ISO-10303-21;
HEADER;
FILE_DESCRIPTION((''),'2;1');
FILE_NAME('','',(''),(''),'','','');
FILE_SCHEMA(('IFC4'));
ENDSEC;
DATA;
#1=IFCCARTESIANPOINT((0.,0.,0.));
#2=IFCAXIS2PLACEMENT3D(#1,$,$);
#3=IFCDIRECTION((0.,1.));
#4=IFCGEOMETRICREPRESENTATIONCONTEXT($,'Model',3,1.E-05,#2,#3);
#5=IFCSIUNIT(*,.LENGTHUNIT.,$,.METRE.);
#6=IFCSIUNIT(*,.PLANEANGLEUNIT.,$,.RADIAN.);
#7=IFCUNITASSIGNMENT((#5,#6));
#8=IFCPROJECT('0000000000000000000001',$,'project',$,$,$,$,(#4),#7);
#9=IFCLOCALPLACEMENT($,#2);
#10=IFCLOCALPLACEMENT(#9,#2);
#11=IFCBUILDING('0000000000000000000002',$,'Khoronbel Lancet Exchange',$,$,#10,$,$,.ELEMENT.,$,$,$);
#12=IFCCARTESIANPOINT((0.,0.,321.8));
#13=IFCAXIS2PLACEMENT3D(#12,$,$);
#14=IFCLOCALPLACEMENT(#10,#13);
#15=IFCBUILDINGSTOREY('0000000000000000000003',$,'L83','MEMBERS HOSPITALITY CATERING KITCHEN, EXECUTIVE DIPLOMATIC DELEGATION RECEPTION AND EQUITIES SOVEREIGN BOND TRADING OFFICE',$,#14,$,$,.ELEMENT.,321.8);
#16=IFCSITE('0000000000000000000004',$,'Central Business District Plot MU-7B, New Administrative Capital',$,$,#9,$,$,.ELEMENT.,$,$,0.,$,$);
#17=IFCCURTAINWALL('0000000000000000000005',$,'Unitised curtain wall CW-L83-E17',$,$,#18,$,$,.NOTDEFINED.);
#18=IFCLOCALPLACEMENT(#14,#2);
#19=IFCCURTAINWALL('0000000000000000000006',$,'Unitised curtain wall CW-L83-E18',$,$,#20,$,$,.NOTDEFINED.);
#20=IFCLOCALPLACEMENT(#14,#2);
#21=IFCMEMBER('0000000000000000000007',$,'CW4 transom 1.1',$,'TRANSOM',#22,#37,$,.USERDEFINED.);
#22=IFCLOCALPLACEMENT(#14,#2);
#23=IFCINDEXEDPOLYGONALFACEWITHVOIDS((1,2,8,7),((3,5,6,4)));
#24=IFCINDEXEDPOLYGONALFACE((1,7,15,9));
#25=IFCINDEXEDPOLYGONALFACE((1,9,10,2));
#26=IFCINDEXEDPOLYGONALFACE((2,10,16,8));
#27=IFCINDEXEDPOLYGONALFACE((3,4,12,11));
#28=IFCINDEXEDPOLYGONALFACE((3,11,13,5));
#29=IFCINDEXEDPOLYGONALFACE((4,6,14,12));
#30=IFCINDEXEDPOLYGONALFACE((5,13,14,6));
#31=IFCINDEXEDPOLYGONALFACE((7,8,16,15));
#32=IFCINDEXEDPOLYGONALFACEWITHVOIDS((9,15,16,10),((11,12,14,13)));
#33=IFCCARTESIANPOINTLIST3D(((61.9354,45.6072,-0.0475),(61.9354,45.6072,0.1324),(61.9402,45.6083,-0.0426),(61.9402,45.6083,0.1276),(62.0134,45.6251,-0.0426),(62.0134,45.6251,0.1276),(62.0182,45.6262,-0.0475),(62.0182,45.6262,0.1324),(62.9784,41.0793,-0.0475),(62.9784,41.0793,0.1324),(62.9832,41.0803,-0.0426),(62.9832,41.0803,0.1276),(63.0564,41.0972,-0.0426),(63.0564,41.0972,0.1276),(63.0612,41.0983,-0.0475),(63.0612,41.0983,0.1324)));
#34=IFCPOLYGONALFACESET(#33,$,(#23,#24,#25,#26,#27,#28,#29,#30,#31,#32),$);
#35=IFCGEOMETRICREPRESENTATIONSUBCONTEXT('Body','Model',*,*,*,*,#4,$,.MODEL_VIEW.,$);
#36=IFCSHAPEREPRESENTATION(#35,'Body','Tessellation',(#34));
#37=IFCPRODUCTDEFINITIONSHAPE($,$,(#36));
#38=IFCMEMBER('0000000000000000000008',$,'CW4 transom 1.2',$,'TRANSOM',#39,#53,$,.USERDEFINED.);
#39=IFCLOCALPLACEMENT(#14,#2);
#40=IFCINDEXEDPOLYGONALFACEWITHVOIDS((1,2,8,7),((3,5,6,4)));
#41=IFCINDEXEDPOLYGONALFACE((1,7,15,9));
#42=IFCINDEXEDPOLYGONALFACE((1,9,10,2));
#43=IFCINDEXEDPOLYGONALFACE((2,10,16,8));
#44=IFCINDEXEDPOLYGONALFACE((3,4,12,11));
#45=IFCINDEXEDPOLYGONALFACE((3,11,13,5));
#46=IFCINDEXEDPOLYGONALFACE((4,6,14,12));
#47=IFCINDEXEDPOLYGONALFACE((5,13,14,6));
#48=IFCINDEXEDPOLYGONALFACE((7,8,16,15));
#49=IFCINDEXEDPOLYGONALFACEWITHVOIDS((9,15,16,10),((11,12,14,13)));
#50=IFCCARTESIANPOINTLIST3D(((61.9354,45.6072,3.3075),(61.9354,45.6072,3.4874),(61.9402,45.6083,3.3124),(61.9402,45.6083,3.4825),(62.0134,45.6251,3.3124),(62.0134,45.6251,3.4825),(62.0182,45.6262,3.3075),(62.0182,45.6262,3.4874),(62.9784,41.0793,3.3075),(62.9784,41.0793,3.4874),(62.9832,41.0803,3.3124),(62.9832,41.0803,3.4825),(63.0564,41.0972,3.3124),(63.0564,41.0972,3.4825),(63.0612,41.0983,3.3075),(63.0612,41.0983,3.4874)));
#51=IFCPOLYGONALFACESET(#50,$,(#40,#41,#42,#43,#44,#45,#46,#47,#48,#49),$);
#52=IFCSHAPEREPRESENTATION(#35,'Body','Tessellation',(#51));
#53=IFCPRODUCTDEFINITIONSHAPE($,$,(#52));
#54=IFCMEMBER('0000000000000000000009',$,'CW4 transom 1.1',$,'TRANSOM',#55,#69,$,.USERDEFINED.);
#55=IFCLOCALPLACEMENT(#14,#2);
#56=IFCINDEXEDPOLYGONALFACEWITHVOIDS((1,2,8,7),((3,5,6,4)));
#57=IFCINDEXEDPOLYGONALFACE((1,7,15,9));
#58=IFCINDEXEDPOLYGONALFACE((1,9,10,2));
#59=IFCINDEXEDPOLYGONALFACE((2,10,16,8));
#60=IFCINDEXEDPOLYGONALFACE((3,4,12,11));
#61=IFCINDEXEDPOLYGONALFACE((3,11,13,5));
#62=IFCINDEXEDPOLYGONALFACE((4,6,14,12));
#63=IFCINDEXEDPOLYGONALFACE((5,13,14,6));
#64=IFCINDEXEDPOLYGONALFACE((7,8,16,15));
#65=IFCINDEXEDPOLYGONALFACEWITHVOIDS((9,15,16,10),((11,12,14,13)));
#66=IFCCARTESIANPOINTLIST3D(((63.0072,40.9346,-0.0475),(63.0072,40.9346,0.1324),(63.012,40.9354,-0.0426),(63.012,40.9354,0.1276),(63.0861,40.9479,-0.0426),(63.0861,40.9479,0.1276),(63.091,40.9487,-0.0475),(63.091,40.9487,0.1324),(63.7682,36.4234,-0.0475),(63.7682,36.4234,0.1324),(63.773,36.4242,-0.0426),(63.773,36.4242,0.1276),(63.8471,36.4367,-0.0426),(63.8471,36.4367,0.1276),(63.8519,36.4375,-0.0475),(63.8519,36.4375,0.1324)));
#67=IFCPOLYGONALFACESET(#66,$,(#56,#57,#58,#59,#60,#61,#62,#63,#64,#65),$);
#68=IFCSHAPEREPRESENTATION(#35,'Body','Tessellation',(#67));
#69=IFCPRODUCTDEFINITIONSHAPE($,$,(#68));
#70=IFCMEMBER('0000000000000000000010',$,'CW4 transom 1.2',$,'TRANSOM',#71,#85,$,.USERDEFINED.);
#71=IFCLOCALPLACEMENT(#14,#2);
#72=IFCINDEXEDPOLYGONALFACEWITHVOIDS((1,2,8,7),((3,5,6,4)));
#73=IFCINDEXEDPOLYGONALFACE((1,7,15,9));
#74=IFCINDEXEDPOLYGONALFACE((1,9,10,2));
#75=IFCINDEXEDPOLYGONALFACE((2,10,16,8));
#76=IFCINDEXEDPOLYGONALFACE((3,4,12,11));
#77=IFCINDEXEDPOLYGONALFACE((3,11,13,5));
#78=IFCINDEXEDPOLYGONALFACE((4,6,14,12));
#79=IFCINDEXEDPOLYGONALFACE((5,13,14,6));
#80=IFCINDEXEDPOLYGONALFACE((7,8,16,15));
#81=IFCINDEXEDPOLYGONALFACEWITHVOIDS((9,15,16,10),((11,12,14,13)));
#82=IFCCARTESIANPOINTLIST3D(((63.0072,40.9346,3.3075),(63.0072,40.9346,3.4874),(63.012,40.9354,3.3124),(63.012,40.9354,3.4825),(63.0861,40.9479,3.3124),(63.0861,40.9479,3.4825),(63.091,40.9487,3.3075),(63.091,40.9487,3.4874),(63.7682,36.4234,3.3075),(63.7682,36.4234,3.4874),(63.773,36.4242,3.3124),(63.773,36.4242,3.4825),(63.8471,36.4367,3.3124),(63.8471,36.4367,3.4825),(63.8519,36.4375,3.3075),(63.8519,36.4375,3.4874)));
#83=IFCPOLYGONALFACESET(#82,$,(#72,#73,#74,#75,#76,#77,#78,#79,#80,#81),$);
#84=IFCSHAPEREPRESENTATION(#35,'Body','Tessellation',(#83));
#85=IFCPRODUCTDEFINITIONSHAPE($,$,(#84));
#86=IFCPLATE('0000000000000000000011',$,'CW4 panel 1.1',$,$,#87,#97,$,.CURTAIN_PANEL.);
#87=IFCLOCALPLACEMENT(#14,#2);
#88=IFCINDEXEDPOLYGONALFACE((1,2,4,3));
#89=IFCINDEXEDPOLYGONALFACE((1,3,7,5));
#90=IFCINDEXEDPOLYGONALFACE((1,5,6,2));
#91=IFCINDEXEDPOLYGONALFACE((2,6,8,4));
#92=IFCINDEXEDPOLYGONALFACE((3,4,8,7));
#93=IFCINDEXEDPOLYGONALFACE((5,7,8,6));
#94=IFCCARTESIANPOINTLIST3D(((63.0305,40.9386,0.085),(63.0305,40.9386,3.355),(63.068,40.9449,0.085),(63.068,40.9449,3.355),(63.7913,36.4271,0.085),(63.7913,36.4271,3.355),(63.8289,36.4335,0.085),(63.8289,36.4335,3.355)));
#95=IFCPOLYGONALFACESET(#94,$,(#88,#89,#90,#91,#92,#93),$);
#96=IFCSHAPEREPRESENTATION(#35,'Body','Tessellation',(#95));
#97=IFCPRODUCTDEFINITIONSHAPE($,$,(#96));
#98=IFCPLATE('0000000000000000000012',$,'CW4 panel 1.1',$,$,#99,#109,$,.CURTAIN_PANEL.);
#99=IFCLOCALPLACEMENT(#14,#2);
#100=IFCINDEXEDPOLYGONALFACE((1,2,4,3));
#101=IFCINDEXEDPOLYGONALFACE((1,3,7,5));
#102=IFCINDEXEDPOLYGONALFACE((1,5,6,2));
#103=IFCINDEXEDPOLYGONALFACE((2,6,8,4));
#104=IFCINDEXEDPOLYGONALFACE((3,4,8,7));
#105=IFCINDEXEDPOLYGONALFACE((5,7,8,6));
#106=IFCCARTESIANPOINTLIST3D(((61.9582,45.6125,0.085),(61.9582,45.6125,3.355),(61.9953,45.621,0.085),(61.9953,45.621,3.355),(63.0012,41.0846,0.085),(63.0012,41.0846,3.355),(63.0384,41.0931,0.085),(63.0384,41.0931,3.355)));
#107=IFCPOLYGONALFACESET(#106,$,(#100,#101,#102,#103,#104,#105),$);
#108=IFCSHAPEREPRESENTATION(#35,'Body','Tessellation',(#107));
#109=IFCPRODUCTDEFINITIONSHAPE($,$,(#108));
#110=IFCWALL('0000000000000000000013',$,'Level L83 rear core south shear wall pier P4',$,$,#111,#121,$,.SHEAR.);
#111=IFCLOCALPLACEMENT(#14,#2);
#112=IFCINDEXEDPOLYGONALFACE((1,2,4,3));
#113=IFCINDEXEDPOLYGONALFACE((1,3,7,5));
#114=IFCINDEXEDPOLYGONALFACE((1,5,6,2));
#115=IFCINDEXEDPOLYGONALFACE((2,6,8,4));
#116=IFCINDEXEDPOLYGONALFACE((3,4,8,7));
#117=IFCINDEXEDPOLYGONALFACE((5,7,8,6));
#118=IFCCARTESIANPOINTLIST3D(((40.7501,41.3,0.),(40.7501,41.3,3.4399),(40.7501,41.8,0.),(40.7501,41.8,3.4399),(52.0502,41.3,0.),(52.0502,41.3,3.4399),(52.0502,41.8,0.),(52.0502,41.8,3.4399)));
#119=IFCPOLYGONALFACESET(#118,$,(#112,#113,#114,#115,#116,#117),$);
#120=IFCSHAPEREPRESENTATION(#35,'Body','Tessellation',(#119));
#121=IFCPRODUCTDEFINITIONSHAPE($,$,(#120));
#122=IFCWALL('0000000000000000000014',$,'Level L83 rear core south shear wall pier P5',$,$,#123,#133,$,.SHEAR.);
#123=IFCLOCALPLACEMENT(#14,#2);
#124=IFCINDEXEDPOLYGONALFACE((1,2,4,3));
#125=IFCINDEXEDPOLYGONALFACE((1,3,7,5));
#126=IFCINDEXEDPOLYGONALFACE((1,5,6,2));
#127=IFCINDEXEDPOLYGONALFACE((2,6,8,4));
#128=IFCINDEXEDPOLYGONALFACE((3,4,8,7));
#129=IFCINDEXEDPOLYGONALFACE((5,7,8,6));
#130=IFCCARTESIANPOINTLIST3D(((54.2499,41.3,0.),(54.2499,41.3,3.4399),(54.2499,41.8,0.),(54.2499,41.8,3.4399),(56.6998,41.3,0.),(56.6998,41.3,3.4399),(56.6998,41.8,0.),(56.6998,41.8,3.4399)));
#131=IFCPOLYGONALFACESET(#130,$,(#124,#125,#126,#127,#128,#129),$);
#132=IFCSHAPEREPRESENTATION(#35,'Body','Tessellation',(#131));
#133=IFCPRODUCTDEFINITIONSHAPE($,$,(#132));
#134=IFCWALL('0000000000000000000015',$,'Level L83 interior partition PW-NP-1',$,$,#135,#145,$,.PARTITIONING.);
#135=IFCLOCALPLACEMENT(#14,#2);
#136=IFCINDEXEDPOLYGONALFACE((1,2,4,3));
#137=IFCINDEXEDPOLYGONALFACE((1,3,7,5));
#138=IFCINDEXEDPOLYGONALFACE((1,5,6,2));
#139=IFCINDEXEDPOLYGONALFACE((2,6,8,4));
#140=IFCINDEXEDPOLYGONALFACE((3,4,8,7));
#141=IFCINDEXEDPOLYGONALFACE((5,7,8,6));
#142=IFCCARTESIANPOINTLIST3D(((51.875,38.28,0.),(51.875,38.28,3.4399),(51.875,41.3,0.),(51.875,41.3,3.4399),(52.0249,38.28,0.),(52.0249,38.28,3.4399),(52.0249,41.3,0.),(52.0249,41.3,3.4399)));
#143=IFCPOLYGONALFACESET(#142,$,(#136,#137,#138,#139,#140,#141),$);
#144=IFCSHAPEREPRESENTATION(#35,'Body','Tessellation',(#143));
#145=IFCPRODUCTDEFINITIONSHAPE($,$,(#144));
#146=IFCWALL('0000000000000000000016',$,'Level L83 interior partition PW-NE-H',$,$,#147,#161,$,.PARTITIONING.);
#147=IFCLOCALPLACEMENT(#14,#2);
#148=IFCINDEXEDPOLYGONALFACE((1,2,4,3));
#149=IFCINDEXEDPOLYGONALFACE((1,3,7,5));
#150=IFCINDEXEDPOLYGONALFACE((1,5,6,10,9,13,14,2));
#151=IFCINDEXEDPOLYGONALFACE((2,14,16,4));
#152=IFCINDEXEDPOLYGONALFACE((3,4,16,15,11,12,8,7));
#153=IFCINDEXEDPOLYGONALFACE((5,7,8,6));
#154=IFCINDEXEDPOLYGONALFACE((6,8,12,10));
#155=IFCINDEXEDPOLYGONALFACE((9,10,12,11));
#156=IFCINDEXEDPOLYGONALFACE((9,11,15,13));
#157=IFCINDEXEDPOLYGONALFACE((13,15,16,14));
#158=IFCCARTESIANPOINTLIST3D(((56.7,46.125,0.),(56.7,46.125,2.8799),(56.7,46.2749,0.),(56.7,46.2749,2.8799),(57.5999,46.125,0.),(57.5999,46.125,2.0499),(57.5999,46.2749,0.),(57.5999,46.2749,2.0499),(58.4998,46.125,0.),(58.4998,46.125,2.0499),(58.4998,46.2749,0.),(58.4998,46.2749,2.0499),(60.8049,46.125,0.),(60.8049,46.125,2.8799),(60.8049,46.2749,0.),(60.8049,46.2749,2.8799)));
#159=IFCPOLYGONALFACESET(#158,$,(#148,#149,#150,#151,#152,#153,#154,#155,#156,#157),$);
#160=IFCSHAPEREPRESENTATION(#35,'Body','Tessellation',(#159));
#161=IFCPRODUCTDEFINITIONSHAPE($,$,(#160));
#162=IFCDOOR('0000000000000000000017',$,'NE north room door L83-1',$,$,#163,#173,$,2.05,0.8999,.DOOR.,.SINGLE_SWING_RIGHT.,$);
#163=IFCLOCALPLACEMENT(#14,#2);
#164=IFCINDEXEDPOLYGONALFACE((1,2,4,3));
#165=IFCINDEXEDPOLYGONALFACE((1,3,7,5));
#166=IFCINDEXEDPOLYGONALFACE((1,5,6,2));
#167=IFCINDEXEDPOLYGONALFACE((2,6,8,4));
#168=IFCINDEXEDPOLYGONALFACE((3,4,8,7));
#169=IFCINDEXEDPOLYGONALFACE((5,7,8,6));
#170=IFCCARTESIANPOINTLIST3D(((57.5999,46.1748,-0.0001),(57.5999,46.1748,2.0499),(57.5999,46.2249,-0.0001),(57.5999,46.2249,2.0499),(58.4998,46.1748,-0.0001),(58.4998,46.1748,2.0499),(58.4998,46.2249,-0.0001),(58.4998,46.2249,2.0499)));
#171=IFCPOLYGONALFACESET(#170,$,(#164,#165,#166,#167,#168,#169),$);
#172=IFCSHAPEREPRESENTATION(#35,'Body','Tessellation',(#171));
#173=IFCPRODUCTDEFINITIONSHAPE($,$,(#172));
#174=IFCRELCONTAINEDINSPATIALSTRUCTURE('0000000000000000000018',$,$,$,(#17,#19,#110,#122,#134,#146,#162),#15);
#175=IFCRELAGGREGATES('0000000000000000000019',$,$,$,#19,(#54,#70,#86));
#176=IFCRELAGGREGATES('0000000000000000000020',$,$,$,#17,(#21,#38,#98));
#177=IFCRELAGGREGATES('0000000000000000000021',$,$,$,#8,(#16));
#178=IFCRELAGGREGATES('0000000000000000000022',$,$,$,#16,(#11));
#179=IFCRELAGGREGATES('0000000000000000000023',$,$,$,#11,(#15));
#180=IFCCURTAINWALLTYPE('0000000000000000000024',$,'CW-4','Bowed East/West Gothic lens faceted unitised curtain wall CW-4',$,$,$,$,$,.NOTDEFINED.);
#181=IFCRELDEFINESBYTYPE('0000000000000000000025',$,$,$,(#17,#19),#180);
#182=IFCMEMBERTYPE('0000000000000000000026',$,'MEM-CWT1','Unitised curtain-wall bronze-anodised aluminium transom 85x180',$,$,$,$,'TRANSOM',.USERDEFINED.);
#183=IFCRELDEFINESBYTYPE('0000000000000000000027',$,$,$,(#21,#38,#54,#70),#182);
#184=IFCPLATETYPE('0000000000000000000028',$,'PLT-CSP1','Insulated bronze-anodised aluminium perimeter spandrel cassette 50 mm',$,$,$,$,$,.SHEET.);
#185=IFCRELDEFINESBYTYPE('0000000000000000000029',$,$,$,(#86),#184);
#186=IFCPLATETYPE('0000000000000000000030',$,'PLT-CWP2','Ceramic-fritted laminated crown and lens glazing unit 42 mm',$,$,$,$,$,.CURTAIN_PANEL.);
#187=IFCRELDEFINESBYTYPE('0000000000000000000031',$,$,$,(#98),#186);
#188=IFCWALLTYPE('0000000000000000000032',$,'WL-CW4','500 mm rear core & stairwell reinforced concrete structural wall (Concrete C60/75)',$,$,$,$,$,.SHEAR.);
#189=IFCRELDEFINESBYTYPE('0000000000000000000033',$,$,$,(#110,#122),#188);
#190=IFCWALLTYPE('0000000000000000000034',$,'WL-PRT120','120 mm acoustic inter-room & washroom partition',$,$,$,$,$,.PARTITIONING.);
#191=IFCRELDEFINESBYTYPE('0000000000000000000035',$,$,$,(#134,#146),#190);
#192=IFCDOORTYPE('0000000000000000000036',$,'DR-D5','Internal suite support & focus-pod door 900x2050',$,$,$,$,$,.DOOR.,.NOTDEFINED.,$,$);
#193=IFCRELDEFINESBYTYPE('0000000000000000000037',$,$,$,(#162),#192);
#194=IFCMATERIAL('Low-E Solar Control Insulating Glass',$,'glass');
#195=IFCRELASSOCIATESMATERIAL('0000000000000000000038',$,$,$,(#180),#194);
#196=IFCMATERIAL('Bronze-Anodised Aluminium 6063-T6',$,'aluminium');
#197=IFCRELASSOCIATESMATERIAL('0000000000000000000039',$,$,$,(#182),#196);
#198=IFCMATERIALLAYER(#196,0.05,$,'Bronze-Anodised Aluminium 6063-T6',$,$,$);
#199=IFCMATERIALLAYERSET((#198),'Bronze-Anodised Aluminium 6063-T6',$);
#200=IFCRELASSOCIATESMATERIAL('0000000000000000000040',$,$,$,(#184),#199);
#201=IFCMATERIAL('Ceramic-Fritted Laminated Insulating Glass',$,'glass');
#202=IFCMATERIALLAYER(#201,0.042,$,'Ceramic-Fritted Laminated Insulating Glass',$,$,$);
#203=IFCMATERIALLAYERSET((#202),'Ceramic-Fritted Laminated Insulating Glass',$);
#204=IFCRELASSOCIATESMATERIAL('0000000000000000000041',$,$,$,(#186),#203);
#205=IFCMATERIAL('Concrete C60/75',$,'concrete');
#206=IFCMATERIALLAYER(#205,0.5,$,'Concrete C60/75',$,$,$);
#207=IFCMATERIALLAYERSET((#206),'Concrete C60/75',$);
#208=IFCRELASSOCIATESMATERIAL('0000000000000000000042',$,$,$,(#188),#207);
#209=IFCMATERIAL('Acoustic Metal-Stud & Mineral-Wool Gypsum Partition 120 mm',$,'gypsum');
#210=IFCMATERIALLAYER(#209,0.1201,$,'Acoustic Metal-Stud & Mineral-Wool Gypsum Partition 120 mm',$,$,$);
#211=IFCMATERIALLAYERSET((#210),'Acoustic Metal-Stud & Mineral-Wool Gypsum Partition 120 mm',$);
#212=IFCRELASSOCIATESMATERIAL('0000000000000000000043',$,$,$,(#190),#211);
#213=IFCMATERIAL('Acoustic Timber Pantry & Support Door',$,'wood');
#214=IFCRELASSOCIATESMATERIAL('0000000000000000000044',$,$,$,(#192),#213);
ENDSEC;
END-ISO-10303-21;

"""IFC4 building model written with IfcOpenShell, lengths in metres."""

from ifc_helpers import new_model, si_unit, direction, frame, frame_2d, origin, origin_2d, place, context, subcontext, project, spatial, rectangle, hollow_rectangle, extrude, material, layer, layer_set, material_profile, profile_set, type_object, element, fill, aggregate, save


model = new_model("IFC4")

# Units and contexts
model_context = context("Model", 3, precision=1e-05, world=origin(), true_north=direction((0.0, 1.0)))
body_context = subcontext(model_context, "Body", "Model", "MODEL_VIEW")
ifc_project = project(units=[si_unit("LENGTHUNIT", "METRE"), si_unit("PLANEANGLEUNIT", "RADIAN")], contexts=[model_context])

# Site, building, storey
site_placement = place(None, origin())
site = spatial("IfcSite", under=ifc_project, at=site_placement, Name="Central Business District Plot MU-7B, New Administrative Capital", CompositionType="ELEMENT", RefElevation=0.0)
building_placement = place(site_placement, origin())
building = spatial("IfcBuilding", under=site, at=building_placement, Name="Khoronbel Lancet Exchange", CompositionType="ELEMENT")
storey_placement = place(building_placement, frame((0.0, 0.0, 321.8)))
storey = spatial("IfcBuildingStorey", under=building, at=storey_placement, Name="L83", Description="MEMBERS HOSPITALITY CATERING KITCHEN, EXECUTIVE DIPLOMATIC DELEGATION RECEPTION AND EQUITIES SOVEREIGN BOND TRADING OFFICE", CompositionType="ELEMENT", Elevation=321.8)

# Shared definitions
ifc_material_1 = material(Name="Concrete C60/75", Category="concrete")

# Curtain wall
ifc_material_2 = material(Name="Low-E Solar Control Insulating Glass", Category="glass")
curtain_wall_type = type_object("IfcCurtainWallType", Name="CW-4", Description="Bowed East/West Gothic lens faceted unitised curtain wall CW-4", PredefinedType="NOTDEFINED", material=ifc_material_2)
curtain_wall_1_placement = place(storey_placement, origin())
curtain_wall_1 = element("IfcCurtainWall", 1, at=curtain_wall_1_placement, inside=storey, type_object=curtain_wall_type, Name="Unitised curtain wall CW-L83-E17", PredefinedType="NOTDEFINED")
ifc_material_3 = material(Name="Bronze-Anodised Aluminium 6063-T6", Category="aluminium")

# Curtain wall
curtain_wall_2_placement = place(storey_placement, origin())
curtain_wall_2 = element("IfcCurtainWall", 2, at=curtain_wall_2_placement, inside=storey, type_object=curtain_wall_type, Name="Unitised curtain wall CW-L83-E18", PredefinedType="NOTDEFINED")

# Members
ifc_material_profile_1 = material_profile(ifc_material_3, hollow_rectangle(XDim=0.085, YDim=0.1799, WallThickness=0.0049, at=origin_2d()), Name="ALU TRANSOM 85x180")
ifc_profile_set_1 = profile_set([ifc_material_profile_1], Name="Bronze-Anodised Aluminium 6063-T6")
member_type_1 = type_object("IfcMemberType", Name="MEM-CWT1", Description="Unitised curtain-wall bronze-anodised aluminium transom 85x180", ElementType="TRANSOM", PredefinedType="USERDEFINED", material=ifc_profile_set_1)
member_1_placement = place(storey_placement, frame((61.9768, 45.6167, 0.0425), z_axis=(0.224468, -0.974481, 0.0), x_axis=(0.974481, 0.224468, 0.0)))
member_1 = element("IfcMember", 3, at=member_1_placement, type_object=member_type_1, Name="CW4 transom 1.1", ObjectType="TRANSOM", PredefinedType="USERDEFINED", context=body_context, shape_type="SweptSolid", body=[
    extrude(hollow_rectangle(XDim=0.085, YDim=0.1799, WallThickness=0.0049, at=origin_2d()), origin(), (0.0, 0.0, 1.0), 4.6465),
])
member_2_placement = place(storey_placement, frame((61.9768, 45.6167, 3.3975), z_axis=(0.224468, -0.974481, 0.0), x_axis=(0.974481, 0.224468, 0.0)))
member_2 = element("IfcMember", 4, at=member_2_placement, type_object=member_type_1, Name="CW4 transom 1.2", ObjectType="TRANSOM", PredefinedType="USERDEFINED", context=body_context, shape_type="SweptSolid", body=[
    extrude(hollow_rectangle(XDim=0.085, YDim=0.1799, WallThickness=0.0049, at=origin_2d()), origin(), (0.0, 0.0, 1.0), 4.6465),
])
member_3_placement = place(storey_placement, frame((63.0491, 40.9417, 0.0425), z_axis=(0.166337, -0.986069, 0.0), x_axis=(0.986069, 0.166337, 0.0)))
member_3 = element("IfcMember", 5, at=member_3_placement, type_object=member_type_1, Name="CW4 transom 1.1", ObjectType="TRANSOM", PredefinedType="USERDEFINED", context=body_context, shape_type="SweptSolid", body=[
    extrude(hollow_rectangle(XDim=0.085, YDim=0.1799, WallThickness=0.0049, at=origin_2d()), origin(), (0.0, 0.0, 1.0), 4.575),
])
member_4_placement = place(storey_placement, frame((63.0491, 40.9417, 3.3975), z_axis=(0.166337, -0.986069, 0.0), x_axis=(0.986069, 0.166337, 0.0)))
member_4 = element("IfcMember", 6, at=member_4_placement, type_object=member_type_1, Name="CW4 transom 1.2", ObjectType="TRANSOM", PredefinedType="USERDEFINED", context=body_context, shape_type="SweptSolid", body=[
    extrude(hollow_rectangle(XDim=0.085, YDim=0.1799, WallThickness=0.0049, at=origin_2d()), origin(), (0.0, 0.0, 1.0), 4.575),
])

# Plates
ifc_layer_1 = layer(ifc_material_3, 0.05, Name="Bronze-Anodised Aluminium 6063-T6")
ifc_layer_set_1 = layer_set([ifc_layer_1], Name="Bronze-Anodised Aluminium 6063-T6")
plate_type_1 = type_object("IfcPlateType", Name="PLT-CSP1", Description="Insulated bronze-anodised aluminium perimeter spandrel cassette 50 mm", PredefinedType="SHEET", material=ifc_layer_set_1)
plate_1_placement = place(storey_placement, frame((63.4297, 38.686, 0.085), z_axis=(0.0, 0.0, 1.0), x_axis=(0.166303, -0.986075, 0.0)))
plate_1 = element("IfcPlate", 7, at=plate_1_placement, type_object=plate_type_1, Name="CW4 panel 1.1", PredefinedType="CURTAIN_PANEL", context=body_context, shape_type="SweptSolid", body=[
    extrude(rectangle(XDim=4.5752, YDim=0.0381, at=origin_2d()), origin(), (0.0, 0.0, 1.0), 3.27),
])
aggregate(curtain_wall_2, [member_3, member_4, plate_1])
ifc_material_4 = material(Name="Ceramic-Fritted Laminated Insulating Glass", Category="glass")
ifc_layer_2 = layer(ifc_material_4, 0.042, Name="Ceramic-Fritted Laminated Insulating Glass")
ifc_layer_set_2 = layer_set([ifc_layer_2], Name="Ceramic-Fritted Laminated Insulating Glass")
plate_type_2 = type_object("IfcPlateType", Name="PLT-CWP2", Description="Ceramic-fritted laminated crown and lens glazing unit 42 mm", PredefinedType="CURTAIN_PANEL", material=ifc_layer_set_2)
plate_2_placement = place(storey_placement, frame((62.4983, 43.3528, 0.085), z_axis=(0.0, 0.0, 1.0), x_axis=(0.224476, -0.97448, 0.0)))
plate_2 = element("IfcPlate", 8, at=plate_2_placement, type_object=plate_type_2, Name="CW4 panel 1.1", PredefinedType="CURTAIN_PANEL", context=body_context, shape_type="SweptSolid", body=[
    extrude(rectangle(XDim=4.6465, YDim=0.0381, at=origin_2d()), origin(), (0.0, 0.0, 1.0), 3.27),
])
aggregate(curtain_wall_1, [member_1, member_2, plate_2])

# Walls
ifc_layer_3 = layer(ifc_material_1, 0.5, Name="Concrete C60/75")
ifc_layer_set_3 = layer_set([ifc_layer_3], Name="Concrete C60/75")
wall_type_1 = type_object("IfcWallType", Name="WL-CW4", Description="500 mm rear core & stairwell reinforced concrete structural wall (Concrete C60/75)", PredefinedType="SHEAR", material=ifc_layer_set_3)
wall_1_placement = place(storey_placement, frame((52.05, 41.55, 0.0), z_axis=(0.0, 0.0, 1.0), x_axis=(-1.0, 0.0, 0.0)))
element("IfcWall", 9, at=wall_1_placement, inside=storey, type_object=wall_type_1, Name="Level L83 rear core south shear wall pier P4", PredefinedType="SHEAR", context=body_context, shape_type="SweptSolid", body=[
    extrude(rectangle(XDim=11.3, YDim=0.5, at=frame_2d((5.6499, 0.0))), origin(), (0.0, 0.0, 1.0), 3.4399),
])
wall_2_placement = place(storey_placement, frame((56.7, 41.55, 0.0), z_axis=(0.0, 0.0, 1.0), x_axis=(-1.0, 0.0, 0.0)))
element("IfcWall", 10, at=wall_2_placement, inside=storey, type_object=wall_type_1, Name="Level L83 rear core south shear wall pier P5", PredefinedType="SHEAR", context=body_context, shape_type="SweptSolid", body=[
    extrude(rectangle(XDim=2.45, YDim=0.5, at=frame_2d((1.2251, 0.0))), origin(), (0.0, 0.0, 1.0), 3.4399),
])
ifc_material_5 = material(Name="Acoustic Metal-Stud & Mineral-Wool Gypsum Partition 120 mm", Category="gypsum")
ifc_layer_4 = layer(ifc_material_5, 0.1201, Name="Acoustic Metal-Stud & Mineral-Wool Gypsum Partition 120 mm")
ifc_layer_set_4 = layer_set([ifc_layer_4], Name="Acoustic Metal-Stud & Mineral-Wool Gypsum Partition 120 mm")
wall_type_2 = type_object("IfcWallType", Name="WL-PRT120", Description="120 mm acoustic inter-room & washroom partition", PredefinedType="PARTITIONING", material=ifc_layer_set_4)
wall_3_placement = place(storey_placement, frame((51.95, 38.28, 0.0), z_axis=(0.0, 0.0, 1.0), x_axis=(0.0, 1.0, 0.0)))
element("IfcWall", 11, at=wall_3_placement, inside=storey, type_object=wall_type_2, Name="Level L83 interior partition PW-NP-1", PredefinedType="PARTITIONING", context=body_context, shape_type="SweptSolid", body=[
    extrude(rectangle(XDim=3.02, YDim=0.1499, at=frame_2d((1.51, 0.0))), origin(), (0.0, 0.0, 1.0), 3.4399),
])

# Wall, opening, door
wall_4_placement = place(storey_placement, frame((56.7, 46.2, 0.0), z_axis=(0.0, 0.0, 1.0), x_axis=(1.0, 0.0, 0.0)))
wall_4 = element("IfcWall", 12, at=wall_4_placement, inside=storey, type_object=wall_type_2, Name="Level L83 interior partition PW-NE-H", PredefinedType="PARTITIONING", context=body_context, shape_type="SweptSolid", body=[
    extrude(rectangle(XDim=4.105, YDim=0.1499, at=frame_2d((2.0525, 0.0))), origin(), (0.0, 0.0, 1.0), 2.8799),
])
opening_1_placement = place(wall_4_placement, frame((0.8999, 0.0, 0.0)))
opening_1 = element("IfcOpeningElement", 13, at=opening_1_placement, cuts=wall_4, PredefinedType="OPENING", context=body_context, shape_type="SweptSolid", body=[
    extrude(rectangle(XDim=0.8999, YDim=2.05, at=frame_2d((0.45, 1.0249))), frame((0.0, 0.085, 0.0), z_axis=(0.0, -1.0, 0.0), x_axis=(1.0, 0.0, 0.0)), (0.0, 0.0, 1.0), 0.1699),
])
ifc_material_6 = material(Name="Acoustic Timber Pantry & Support Door", Category="wood")
door_type_1 = type_object("IfcDoorType", Name="DR-D5", Description="Internal suite support & focus-pod door 900x2050", OperationType="NOTDEFINED", PredefinedType="DOOR", material=ifc_material_6)
door_1_placement = place(opening_1_placement, origin())
door_1 = element("IfcDoor", 14, at=door_1_placement, inside=storey, type_object=door_type_1, Name="NE north room door L83-1", OperationType="SINGLE_SWING_RIGHT", OverallHeight=2.05, OverallWidth=0.8999, PredefinedType="DOOR", context=body_context, shape_type="SweptSolid", body=[
    extrude(rectangle(XDim=0.8999, YDim=2.05, at=frame_2d((0.45, 1.0249))), frame((0.0, 0.0249, 0.0), z_axis=(0.0, -1.0, 0.0), x_axis=(1.0, 0.0, 0.0)), (0.0, 0.0, 1.0), 0.05),
])
fill(opening_1, door_1)

save(model, "model.ifc")
